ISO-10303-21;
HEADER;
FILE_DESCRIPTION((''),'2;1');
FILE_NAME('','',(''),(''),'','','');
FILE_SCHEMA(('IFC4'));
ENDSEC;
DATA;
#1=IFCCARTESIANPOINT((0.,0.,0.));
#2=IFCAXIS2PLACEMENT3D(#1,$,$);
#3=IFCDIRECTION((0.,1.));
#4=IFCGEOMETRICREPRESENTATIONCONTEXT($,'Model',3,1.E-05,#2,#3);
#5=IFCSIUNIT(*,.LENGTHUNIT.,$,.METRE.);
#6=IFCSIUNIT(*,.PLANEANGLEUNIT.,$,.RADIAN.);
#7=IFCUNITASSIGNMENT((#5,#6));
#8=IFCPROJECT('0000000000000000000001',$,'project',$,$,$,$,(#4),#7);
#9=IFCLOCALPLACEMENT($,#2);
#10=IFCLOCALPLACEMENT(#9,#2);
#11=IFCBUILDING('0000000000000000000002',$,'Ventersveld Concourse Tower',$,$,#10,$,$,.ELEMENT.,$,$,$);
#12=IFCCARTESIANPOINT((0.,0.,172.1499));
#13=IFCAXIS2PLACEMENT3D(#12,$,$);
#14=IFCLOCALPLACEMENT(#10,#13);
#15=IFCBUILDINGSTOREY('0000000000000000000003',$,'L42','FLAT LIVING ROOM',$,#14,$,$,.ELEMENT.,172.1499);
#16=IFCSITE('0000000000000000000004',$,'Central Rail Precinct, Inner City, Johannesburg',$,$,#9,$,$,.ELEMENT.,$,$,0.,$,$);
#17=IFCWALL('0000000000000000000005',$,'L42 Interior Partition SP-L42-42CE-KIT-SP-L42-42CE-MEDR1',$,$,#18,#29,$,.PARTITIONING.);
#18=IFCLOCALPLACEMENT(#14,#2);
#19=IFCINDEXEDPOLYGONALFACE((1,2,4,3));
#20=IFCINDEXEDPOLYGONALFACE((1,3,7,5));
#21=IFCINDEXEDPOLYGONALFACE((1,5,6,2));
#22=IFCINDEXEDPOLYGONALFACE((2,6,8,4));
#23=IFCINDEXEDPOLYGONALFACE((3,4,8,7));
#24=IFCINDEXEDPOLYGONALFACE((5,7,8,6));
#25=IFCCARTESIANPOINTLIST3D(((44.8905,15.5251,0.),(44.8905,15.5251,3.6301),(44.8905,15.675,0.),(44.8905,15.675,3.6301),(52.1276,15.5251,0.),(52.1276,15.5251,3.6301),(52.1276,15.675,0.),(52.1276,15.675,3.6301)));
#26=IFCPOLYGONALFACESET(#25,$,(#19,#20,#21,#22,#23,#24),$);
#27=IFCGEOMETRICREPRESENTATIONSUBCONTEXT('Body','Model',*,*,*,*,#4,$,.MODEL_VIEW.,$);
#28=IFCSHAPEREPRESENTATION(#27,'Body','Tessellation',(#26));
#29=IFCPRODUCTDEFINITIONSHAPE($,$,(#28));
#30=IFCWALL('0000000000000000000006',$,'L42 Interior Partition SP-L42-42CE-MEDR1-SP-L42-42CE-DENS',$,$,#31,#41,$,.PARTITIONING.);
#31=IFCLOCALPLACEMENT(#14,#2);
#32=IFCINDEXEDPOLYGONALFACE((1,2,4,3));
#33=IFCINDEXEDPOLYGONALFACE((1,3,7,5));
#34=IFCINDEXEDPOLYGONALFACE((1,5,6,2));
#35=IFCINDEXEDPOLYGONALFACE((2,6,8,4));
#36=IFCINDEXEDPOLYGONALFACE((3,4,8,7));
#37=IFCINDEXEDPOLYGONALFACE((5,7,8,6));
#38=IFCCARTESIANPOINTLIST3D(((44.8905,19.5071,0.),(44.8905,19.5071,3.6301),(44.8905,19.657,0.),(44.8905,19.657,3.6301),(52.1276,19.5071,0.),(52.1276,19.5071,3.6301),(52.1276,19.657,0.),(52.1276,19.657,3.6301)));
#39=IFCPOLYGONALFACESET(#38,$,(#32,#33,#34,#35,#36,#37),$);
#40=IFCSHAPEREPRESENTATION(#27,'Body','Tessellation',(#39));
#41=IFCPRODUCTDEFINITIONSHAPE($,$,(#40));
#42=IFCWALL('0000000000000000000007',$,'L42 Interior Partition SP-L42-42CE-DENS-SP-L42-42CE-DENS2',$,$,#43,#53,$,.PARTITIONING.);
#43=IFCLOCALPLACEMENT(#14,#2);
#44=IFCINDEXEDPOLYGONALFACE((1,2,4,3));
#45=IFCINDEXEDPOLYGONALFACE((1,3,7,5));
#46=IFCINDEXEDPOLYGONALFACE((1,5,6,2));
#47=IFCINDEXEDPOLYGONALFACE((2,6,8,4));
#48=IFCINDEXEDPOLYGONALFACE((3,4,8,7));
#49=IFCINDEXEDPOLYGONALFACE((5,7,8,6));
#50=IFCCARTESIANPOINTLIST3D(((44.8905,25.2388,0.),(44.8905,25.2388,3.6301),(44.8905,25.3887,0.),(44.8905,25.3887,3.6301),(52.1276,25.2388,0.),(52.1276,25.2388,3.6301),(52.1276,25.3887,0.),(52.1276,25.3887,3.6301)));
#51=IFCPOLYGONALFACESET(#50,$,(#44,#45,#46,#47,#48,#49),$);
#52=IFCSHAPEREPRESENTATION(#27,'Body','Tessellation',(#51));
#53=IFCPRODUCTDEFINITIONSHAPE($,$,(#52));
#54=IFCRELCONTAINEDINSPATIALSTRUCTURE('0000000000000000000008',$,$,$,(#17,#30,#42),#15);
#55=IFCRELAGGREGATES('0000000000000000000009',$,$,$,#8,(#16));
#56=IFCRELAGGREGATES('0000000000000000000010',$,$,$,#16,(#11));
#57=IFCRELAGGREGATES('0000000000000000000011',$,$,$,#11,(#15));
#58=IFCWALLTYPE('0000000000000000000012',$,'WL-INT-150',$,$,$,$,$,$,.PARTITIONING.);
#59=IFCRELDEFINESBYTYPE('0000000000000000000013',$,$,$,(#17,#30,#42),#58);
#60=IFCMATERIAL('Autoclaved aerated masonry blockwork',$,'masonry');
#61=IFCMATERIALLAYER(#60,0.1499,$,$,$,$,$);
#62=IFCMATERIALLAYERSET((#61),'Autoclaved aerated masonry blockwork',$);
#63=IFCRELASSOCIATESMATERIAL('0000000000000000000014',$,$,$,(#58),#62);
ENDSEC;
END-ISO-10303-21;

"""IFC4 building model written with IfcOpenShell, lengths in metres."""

from ifc_helpers import new_model, si_unit, direction, frame, frame_2d, origin, place, context, subcontext, project, spatial, rectangle, extrude, material, layer, layer_set, type_object, element, save


model = new_model("IFC4")

# Units and contexts
model_context = context("Model", 3, precision=1e-05, world=origin(), true_north=direction((0.0, 1.0)))
body_context = subcontext(model_context, "Body", "Model", "MODEL_VIEW")
ifc_project = project(units=[si_unit("LENGTHUNIT", "METRE"), si_unit("PLANEANGLEUNIT", "RADIAN")], contexts=[model_context])

# Site, building, storey
site_placement = place(None, origin())
site = spatial("IfcSite", under=ifc_project, at=site_placement, Name="Central Rail Precinct, Inner City, Johannesburg", CompositionType="ELEMENT", RefElevation=0.0)
building_placement = place(site_placement, origin())
building = spatial("IfcBuilding", under=site, at=building_placement, Name="Ventersveld Concourse Tower", CompositionType="ELEMENT")
storey_placement = place(building_placement, frame((0.0, 0.0, 172.1499)))
storey = spatial("IfcBuildingStorey", under=building, at=storey_placement, Name="L42", Description="FLAT LIVING ROOM", CompositionType="ELEMENT", Elevation=172.1499)

# Shared definitions
ifc_material_1 = material(Name="Autoclaved aerated masonry blockwork", Category="masonry")
ifc_layer_1 = layer(ifc_material_1, 0.1499)
ifc_layer_set_1 = layer_set([ifc_layer_1], Name="Autoclaved aerated masonry blockwork")
wall_type_1 = type_object("IfcWallType", Name="WL-INT-150", PredefinedType="PARTITIONING", material=ifc_layer_set_1)

# Walls
for number, where, z_axis, x_axis, name in (
    (1, (44.8904, 15.6001, 0.0), (0.0, 0.0, 1.0), (1.0, 0.0, 0.0), "L42 Interior Partition SP-L42-42CE-KIT-SP-L42-42CE-MEDR1"),
    (2, (44.8904, 19.582, 0.0), (0.0, 0.0, 1.0), (1.0, 0.0, 0.0), "L42 Interior Partition SP-L42-42CE-MEDR1-SP-L42-42CE-DENS"),
    (3, (44.8904, 25.3137, 0.0), (0.0, 0.0, 1.0), (1.0, 0.0, 0.0), "L42 Interior Partition SP-L42-42CE-DENS-SP-L42-42CE-DENS2"),
):
    element("IfcWall", number, at=place(storey_placement, frame(where, z_axis=z_axis, x_axis=x_axis)), inside=storey, type_object=wall_type_1, Name=name, PredefinedType="PARTITIONING", context=body_context, shape_type="SweptSolid", body=[
        extrude(rectangle(XDim=7.2371, YDim=0.1499, at=frame_2d((3.6187, 0.0))), origin(), (0.0, 0.0, 1.0), 3.6301),
    ])

save(model, "model.ifc")
